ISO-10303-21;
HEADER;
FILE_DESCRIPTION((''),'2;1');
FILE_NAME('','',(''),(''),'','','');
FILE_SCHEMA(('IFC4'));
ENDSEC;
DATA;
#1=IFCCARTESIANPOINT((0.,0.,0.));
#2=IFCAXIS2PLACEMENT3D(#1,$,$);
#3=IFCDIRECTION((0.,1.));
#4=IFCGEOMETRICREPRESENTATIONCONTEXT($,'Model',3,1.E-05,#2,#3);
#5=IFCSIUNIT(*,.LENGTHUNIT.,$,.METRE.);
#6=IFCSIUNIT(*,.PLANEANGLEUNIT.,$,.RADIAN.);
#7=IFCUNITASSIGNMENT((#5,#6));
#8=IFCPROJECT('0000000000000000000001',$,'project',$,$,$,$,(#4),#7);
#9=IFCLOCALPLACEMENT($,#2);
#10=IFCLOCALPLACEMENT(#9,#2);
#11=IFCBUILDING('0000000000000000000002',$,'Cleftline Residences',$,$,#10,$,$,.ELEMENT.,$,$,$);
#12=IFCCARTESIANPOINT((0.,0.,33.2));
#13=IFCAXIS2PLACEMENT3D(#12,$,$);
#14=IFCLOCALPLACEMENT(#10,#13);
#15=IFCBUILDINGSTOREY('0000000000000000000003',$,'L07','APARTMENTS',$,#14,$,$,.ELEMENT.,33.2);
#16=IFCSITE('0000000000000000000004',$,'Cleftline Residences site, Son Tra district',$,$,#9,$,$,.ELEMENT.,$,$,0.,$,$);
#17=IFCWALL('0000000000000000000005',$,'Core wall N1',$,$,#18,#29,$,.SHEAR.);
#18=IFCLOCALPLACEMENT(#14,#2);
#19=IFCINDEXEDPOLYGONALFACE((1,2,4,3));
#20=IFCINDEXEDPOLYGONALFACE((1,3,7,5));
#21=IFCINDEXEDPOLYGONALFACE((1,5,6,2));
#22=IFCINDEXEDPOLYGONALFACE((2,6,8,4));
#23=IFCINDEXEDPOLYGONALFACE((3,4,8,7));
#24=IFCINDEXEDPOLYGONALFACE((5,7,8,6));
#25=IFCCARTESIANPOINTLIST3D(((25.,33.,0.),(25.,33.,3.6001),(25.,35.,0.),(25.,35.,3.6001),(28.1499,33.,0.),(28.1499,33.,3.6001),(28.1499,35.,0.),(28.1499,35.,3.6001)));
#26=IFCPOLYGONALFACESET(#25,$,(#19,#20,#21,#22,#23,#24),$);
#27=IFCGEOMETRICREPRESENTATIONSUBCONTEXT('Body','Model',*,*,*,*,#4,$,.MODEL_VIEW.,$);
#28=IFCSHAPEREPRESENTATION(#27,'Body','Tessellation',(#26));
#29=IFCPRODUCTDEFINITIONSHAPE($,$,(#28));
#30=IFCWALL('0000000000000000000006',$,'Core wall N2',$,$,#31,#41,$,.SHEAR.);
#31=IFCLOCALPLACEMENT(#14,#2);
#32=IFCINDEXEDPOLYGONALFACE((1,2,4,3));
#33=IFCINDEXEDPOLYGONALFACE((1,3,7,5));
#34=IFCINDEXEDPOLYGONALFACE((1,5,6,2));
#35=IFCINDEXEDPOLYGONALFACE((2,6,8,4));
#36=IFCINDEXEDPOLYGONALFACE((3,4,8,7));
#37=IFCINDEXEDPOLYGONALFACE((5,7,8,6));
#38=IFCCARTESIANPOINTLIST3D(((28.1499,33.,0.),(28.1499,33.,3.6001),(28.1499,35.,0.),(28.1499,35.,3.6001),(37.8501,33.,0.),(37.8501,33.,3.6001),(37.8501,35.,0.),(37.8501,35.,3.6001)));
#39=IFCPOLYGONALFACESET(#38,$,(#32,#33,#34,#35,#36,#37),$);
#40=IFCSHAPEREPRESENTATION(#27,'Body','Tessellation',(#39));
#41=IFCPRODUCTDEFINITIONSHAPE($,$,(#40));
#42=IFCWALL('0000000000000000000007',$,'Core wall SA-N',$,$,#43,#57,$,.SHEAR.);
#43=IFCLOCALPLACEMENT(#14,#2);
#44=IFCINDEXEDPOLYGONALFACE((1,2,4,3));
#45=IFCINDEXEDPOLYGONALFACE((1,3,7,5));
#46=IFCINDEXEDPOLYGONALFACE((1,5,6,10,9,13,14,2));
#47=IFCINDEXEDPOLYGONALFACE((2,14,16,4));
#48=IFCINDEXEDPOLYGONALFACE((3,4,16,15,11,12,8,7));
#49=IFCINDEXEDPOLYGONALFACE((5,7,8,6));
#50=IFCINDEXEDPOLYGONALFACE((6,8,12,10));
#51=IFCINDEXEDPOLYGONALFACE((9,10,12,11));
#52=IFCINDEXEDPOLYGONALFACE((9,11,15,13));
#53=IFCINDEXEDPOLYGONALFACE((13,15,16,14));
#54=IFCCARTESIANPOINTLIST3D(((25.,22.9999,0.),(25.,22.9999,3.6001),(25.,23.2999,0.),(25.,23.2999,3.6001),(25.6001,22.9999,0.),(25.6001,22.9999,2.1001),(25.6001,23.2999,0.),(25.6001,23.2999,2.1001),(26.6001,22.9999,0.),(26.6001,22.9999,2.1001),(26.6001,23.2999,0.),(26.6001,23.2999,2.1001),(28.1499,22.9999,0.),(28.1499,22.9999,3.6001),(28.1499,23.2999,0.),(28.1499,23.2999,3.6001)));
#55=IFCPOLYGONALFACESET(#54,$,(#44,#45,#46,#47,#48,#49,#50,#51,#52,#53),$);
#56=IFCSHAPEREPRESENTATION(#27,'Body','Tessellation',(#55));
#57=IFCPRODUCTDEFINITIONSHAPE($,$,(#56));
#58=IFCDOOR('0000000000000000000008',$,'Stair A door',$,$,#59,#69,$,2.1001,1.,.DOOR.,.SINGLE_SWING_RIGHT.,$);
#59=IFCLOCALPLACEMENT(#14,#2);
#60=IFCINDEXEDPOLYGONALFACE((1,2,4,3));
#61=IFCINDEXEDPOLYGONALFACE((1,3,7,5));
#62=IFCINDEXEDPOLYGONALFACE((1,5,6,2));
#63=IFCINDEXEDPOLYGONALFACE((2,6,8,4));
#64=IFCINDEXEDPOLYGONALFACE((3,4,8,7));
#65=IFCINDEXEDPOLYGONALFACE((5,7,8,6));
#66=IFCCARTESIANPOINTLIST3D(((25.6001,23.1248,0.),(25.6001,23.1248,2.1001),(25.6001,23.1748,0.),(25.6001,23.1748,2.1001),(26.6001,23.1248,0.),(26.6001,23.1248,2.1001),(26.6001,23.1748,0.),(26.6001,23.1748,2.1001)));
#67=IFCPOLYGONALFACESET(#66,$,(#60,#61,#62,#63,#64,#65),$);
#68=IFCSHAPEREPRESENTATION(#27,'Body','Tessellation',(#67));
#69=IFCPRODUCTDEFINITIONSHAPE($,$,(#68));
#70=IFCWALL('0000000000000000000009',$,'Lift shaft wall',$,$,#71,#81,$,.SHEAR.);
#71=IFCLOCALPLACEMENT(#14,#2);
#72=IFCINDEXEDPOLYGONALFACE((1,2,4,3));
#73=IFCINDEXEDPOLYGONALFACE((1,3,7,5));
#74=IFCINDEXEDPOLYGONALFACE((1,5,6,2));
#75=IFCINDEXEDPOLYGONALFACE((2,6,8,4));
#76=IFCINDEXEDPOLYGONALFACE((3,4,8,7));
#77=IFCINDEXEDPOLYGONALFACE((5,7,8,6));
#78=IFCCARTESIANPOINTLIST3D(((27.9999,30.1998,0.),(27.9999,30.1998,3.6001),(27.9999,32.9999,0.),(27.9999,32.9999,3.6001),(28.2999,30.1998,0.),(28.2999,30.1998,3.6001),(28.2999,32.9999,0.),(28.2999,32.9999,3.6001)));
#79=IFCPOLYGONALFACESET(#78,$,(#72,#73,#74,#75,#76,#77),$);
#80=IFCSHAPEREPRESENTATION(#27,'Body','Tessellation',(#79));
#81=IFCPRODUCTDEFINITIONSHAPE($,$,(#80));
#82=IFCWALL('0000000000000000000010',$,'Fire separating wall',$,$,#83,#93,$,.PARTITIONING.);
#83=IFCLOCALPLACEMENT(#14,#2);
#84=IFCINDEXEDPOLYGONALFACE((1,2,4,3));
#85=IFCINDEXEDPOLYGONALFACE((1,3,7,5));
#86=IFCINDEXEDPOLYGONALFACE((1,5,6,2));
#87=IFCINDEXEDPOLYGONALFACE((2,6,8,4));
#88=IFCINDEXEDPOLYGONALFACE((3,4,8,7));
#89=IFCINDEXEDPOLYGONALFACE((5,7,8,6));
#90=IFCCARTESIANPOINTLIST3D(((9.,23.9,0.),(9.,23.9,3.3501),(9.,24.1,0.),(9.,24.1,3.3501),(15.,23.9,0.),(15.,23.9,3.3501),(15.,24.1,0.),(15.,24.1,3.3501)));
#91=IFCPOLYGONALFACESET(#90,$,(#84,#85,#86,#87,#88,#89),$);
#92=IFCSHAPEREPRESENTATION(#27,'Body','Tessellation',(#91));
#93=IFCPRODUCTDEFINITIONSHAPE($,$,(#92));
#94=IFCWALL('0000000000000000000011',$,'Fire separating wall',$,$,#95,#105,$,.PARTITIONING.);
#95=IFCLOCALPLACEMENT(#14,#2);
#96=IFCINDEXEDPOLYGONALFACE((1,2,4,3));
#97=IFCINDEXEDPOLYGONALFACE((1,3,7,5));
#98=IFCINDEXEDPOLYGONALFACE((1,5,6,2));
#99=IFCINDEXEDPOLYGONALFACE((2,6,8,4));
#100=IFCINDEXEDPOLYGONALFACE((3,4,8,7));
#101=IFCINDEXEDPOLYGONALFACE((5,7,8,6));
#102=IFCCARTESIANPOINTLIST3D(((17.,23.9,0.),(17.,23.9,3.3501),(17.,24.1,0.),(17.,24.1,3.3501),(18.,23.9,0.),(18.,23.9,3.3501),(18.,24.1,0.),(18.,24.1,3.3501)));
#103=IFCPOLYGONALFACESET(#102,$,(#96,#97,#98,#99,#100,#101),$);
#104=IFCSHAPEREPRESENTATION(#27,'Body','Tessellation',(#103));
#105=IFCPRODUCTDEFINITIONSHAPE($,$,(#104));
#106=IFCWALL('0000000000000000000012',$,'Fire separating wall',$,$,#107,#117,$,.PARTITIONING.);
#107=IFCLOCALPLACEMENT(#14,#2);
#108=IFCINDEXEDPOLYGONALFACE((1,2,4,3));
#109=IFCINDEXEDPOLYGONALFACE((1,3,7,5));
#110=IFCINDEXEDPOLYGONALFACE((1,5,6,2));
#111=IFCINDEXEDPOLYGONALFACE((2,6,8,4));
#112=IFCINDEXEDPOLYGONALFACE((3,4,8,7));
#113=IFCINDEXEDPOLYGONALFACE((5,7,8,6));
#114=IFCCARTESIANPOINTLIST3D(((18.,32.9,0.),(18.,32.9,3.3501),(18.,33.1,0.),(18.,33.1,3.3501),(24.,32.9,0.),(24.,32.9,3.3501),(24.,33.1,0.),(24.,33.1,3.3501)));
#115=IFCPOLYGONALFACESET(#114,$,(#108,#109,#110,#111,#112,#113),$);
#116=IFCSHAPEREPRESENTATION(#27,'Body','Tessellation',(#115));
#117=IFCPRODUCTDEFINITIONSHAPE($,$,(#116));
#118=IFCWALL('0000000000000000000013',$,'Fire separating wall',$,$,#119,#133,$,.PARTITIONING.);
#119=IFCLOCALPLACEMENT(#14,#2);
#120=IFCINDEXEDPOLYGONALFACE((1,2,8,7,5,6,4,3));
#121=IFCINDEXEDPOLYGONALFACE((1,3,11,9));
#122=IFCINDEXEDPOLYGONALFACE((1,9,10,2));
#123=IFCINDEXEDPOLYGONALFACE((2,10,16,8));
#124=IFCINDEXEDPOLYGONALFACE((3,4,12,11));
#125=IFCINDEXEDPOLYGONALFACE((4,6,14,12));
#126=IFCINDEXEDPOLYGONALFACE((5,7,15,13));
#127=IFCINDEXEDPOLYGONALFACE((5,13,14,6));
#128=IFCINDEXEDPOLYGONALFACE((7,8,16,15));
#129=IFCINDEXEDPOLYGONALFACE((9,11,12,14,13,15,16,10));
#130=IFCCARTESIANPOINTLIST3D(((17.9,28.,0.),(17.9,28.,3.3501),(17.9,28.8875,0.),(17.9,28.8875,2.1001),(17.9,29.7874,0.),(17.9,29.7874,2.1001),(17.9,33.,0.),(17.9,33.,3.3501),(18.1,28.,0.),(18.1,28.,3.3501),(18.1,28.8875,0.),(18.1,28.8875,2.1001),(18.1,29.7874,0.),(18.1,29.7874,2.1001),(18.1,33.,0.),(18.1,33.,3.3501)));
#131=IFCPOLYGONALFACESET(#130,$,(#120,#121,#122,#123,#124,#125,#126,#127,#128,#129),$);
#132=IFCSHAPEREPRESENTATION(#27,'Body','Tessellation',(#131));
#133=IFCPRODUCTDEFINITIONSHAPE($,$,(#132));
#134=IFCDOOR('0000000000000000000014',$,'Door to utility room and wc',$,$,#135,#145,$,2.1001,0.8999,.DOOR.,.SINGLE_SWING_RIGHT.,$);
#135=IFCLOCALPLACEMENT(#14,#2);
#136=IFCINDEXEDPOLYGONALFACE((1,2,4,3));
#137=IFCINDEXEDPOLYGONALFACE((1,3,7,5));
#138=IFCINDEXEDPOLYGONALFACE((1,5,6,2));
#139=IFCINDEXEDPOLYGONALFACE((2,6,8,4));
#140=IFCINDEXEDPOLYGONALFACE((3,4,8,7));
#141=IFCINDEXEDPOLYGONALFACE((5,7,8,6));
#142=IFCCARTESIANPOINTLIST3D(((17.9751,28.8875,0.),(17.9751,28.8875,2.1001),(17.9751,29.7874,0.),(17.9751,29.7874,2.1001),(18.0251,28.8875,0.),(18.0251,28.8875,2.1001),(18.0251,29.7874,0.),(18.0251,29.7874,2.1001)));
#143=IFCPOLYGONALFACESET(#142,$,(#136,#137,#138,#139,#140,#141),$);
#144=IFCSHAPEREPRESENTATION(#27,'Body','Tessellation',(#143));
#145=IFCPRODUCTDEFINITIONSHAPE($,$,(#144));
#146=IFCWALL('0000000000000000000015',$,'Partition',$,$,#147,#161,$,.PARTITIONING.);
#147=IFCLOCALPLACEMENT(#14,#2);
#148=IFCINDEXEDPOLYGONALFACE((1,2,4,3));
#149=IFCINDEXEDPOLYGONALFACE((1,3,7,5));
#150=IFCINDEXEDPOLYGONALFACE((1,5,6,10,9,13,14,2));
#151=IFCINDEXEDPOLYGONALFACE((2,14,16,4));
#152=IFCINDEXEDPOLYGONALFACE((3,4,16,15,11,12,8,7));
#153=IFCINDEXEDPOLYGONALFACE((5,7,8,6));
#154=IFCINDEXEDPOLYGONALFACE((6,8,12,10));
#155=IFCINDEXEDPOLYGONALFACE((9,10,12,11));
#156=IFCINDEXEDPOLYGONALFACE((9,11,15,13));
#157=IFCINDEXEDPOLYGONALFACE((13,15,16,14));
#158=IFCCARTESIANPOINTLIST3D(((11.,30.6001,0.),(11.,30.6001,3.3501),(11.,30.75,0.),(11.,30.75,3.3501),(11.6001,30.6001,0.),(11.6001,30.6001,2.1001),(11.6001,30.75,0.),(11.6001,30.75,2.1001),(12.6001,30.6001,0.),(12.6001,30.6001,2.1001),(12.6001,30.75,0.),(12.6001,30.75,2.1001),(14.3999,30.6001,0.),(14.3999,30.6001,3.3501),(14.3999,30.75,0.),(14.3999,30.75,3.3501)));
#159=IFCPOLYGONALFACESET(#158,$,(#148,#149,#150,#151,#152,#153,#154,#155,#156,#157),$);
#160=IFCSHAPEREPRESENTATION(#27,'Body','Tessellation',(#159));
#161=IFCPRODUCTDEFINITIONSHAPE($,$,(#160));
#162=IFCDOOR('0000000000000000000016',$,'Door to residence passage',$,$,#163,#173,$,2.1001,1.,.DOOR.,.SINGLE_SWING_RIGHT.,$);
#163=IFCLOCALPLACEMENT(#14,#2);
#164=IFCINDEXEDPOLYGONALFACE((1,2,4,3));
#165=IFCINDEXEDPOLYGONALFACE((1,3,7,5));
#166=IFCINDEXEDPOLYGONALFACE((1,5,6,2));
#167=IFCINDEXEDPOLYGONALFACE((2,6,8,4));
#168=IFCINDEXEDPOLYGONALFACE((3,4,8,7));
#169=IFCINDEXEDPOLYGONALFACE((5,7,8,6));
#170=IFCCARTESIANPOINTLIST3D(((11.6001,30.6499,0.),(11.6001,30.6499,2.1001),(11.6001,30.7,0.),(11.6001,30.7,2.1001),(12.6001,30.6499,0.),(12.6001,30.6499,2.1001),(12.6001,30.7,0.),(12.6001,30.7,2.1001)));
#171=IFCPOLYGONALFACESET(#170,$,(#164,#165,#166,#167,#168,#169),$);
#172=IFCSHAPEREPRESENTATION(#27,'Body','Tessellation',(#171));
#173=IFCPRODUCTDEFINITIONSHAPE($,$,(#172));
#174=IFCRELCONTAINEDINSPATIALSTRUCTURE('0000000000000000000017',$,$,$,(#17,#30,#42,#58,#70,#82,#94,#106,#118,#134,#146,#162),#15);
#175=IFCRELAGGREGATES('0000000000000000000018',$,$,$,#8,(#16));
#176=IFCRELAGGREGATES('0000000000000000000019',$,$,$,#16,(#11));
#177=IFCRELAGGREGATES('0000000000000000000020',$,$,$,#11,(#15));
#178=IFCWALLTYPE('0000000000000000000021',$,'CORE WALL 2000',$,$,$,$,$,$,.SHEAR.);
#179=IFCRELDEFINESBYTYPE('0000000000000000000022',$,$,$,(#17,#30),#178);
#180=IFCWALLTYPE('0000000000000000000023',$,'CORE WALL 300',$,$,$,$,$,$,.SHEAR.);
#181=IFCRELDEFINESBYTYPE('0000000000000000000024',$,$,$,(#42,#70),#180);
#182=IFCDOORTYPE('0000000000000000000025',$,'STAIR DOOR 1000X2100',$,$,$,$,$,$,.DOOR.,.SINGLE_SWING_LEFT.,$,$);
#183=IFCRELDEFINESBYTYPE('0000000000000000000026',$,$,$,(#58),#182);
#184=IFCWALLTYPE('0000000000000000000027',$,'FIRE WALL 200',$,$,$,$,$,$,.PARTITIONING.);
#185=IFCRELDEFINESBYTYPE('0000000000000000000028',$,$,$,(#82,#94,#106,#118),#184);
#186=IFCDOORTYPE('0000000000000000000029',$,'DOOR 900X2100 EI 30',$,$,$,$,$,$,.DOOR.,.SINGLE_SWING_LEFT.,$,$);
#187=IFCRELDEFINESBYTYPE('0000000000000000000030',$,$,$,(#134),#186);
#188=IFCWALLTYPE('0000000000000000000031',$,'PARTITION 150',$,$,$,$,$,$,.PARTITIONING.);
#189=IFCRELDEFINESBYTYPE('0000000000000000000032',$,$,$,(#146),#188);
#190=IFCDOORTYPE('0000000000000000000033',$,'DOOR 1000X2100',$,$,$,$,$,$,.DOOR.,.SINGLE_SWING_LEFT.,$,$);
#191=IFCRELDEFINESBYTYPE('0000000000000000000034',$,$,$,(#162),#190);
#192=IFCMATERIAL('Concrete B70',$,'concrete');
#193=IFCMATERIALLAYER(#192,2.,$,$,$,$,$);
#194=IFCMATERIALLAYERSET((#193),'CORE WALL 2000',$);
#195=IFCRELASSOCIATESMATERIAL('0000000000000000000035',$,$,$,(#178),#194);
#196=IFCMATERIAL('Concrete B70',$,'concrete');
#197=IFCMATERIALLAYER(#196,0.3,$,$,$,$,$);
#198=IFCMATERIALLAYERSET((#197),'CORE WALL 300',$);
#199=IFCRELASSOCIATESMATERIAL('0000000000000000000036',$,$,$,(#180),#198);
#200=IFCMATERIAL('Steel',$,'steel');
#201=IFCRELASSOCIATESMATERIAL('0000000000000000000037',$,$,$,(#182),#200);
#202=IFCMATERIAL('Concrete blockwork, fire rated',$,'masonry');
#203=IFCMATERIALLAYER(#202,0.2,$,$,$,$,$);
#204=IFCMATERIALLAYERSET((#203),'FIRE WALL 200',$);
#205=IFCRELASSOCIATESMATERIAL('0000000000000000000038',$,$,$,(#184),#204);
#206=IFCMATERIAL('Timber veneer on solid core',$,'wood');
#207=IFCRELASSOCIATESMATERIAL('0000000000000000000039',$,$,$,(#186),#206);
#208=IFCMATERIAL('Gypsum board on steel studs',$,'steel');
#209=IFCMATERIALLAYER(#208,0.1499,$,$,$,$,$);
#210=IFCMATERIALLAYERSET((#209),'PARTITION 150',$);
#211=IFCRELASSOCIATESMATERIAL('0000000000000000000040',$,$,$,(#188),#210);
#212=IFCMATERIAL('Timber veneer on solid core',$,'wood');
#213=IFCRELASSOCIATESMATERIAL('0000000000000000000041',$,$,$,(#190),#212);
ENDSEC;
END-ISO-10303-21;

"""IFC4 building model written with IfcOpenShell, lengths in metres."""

from ifc_helpers import new_model, si_unit, direction, frame, frame_2d, origin, place, context, subcontext, project, spatial, rectangle, extrude, material, layer, layer_set, type_object, element, fill, save


model = new_model("IFC4")

# Units and contexts
model_context = context("Model", 3, precision=1e-05, world=origin(), true_north=direction((0.0, 1.0)))
body_context = subcontext(model_context, "Body", "Model", "MODEL_VIEW")
ifc_project = project(units=[si_unit("LENGTHUNIT", "METRE"), si_unit("PLANEANGLEUNIT", "RADIAN")], contexts=[model_context])

# Site, building, storey
site_placement = place(None, origin())
site = spatial("IfcSite", under=ifc_project, at=site_placement, Name="Cleftline Residences site, Son Tra district", CompositionType="ELEMENT", RefElevation=0.0)
building_placement = place(site_placement, origin())
building = spatial("IfcBuilding", under=site, at=building_placement, Name="Cleftline Residences", CompositionType="ELEMENT")
storey_placement = place(building_placement, frame((0.0, 0.0, 33.2)))
storey = spatial("IfcBuildingStorey", under=building, at=storey_placement, Name="L07", Description="APARTMENTS", CompositionType="ELEMENT", Elevation=33.2)

# Walls
ifc_material_1 = material(Name="Concrete B70", Category="concrete")
ifc_layer_1 = layer(ifc_material_1, 2.0)
ifc_layer_set_1 = layer_set([ifc_layer_1], Name="CORE WALL 2000")
wall_type_1 = type_object("IfcWallType", Name="CORE WALL 2000", PredefinedType="SHEAR", material=ifc_layer_set_1)
wall_1_placement = place(storey_placement, frame((25.0, 34.0, 0.0), z_axis=(0.0, 0.0, 1.0), x_axis=(1.0, 0.0, 0.0)))
element("IfcWall", 1, at=wall_1_placement, inside=storey, type_object=wall_type_1, Name="Core wall N1", PredefinedType="SHEAR", context=body_context, shape_type="SweptSolid", body=[
    extrude(rectangle(XDim=3.1499, YDim=2.0, at=frame_2d((1.575, 0.0))), origin(), (0.0, 0.0, 1.0), 3.6001),
])
wall_2_placement = place(storey_placement, frame((28.1499, 34.0, 0.0), z_axis=(0.0, 0.0, 1.0), x_axis=(1.0, 0.0, 0.0)))
element("IfcWall", 2, at=wall_2_placement, inside=storey, type_object=wall_type_1, Name="Core wall N2", PredefinedType="SHEAR", context=body_context, shape_type="SweptSolid", body=[
    extrude(rectangle(XDim=9.7002, YDim=2.0, at=frame_2d((4.8501, 0.0))), origin(), (0.0, 0.0, 1.0), 3.6001),
])

# Wall, opening, door
ifc_material_2 = material(Name="Concrete B70", Category="concrete")
ifc_layer_2 = layer(ifc_material_2, 0.3)
ifc_layer_set_2 = layer_set([ifc_layer_2], Name="CORE WALL 300")
wall_type_2 = type_object("IfcWallType", Name="CORE WALL 300", PredefinedType="SHEAR", material=ifc_layer_set_2)
wall_3_placement = place(storey_placement, frame((25.0, 23.1499, 0.0), z_axis=(0.0, 0.0, 1.0), x_axis=(1.0, 0.0, 0.0)))
wall_3 = element("IfcWall", 3, at=wall_3_placement, inside=storey, type_object=wall_type_2, Name="Core wall SA-N", PredefinedType="SHEAR", context=body_context, shape_type="SweptSolid", body=[
    extrude(rectangle(XDim=3.1499, YDim=0.3, at=frame_2d((1.575, 0.0))), origin(), (0.0, 0.0, 1.0), 3.6001),
])
opening_1_placement = place(wall_3_placement, frame((0.6001, 0.0, 0.0)))
opening_1 = element("IfcOpeningElement", 4, at=opening_1_placement, cuts=wall_3, PredefinedType="OPENING", context=body_context, shape_type="SweptSolid", body=[
    extrude(rectangle(XDim=1.0, YDim=2.1001, at=frame_2d((0.5, 1.05))), frame((0.0, 0.1599, 0.0), z_axis=(0.0, -1.0, 0.0), x_axis=(1.0, 0.0, 0.0)), (0.0, 0.0, 1.0), 0.3201),
])
ifc_material_3 = material(Name="Steel", Category="steel")
door_type_1 = type_object("IfcDoorType", Name="STAIR DOOR 1000X2100", OperationType="SINGLE_SWING_LEFT", PredefinedType="DOOR", material=ifc_material_3)
door_1_placement = place(opening_1_placement, origin())
door_1 = element("IfcDoor", 5, at=door_1_placement, inside=storey, type_object=door_type_1, Name="Stair A door", OperationType="SINGLE_SWING_RIGHT", OverallHeight=2.1001, OverallWidth=1.0, PredefinedType="DOOR", context=body_context, shape_type="SweptSolid", body=[
    extrude(rectangle(XDim=1.0, YDim=2.1001, at=frame_2d((0.5, 1.05))), frame((0.0, 0.0249, 0.0), z_axis=(0.0, -1.0, 0.0), x_axis=(1.0, 0.0, 0.0)), (0.0, 0.0, 1.0), 0.05),
])
fill(opening_1, door_1)

# Walls
wall_4_placement = place(storey_placement, frame((28.1499, 30.2, 0.0), z_axis=(0.0, 0.0, 1.0), x_axis=(0.0, 1.0, 0.0)))
element("IfcWall", 6, at=wall_4_placement, inside=storey, type_object=wall_type_2, Name="Lift shaft wall", PredefinedType="SHEAR", context=body_context, shape_type="SweptSolid", body=[
    extrude(rectangle(XDim=2.8, YDim=0.3, at=frame_2d((1.3999, 0.0))), origin(), (0.0, 0.0, 1.0), 3.6001),
])
ifc_material_4 = material(Name="Concrete blockwork, fire rated", Category="masonry")
ifc_layer_3 = layer(ifc_material_4, 0.2)
ifc_layer_set_3 = layer_set([ifc_layer_3], Name="FIRE WALL 200")
wall_type_3 = type_object("IfcWallType", Name="FIRE WALL 200", PredefinedType="PARTITIONING", material=ifc_layer_set_3)
wall_5_placement = place(storey_placement, frame((9.0, 24.0, 0.0), z_axis=(0.0, 0.0, 1.0), x_axis=(1.0, 0.0, 0.0)))
element("IfcWall", 7, at=wall_5_placement, inside=storey, type_object=wall_type_3, Name="Fire separating wall", PredefinedType="PARTITIONING", context=body_context, shape_type="SweptSolid", body=[
    extrude(rectangle(XDim=6.0, YDim=0.2, at=frame_2d((3.0, 0.0))), origin(), (0.0, 0.0, 1.0), 3.3501),
])
wall_6_placement = place(storey_placement, frame((17.0, 24.0, 0.0), z_axis=(0.0, 0.0, 1.0), x_axis=(1.0, 0.0, 0.0)))
element("IfcWall", 8, at=wall_6_placement, inside=storey, type_object=wall_type_3, Name="Fire separating wall", PredefinedType="PARTITIONING", context=body_context, shape_type="SweptSolid", body=[
    extrude(rectangle(XDim=1.0, YDim=0.2, at=frame_2d((0.5, 0.0))), origin(), (0.0, 0.0, 1.0), 3.3501),
])
wall_7_placement = place(storey_placement, frame((18.0, 33.0, 0.0), z_axis=(0.0, 0.0, 1.0), x_axis=(1.0, 0.0, 0.0)))
element("IfcWall", 9, at=wall_7_placement, inside=storey, type_object=wall_type_3, Name="Fire separating wall", PredefinedType="PARTITIONING", context=body_context, shape_type="SweptSolid", body=[
    extrude(rectangle(XDim=6.0, YDim=0.2, at=frame_2d((3.0, 0.0))), origin(), (0.0, 0.0, 1.0), 3.3501),
])

# Walls, openings, doors
wall_8_placement = place(storey_placement, frame((18.0, 28.0, 0.0), z_axis=(0.0, 0.0, 1.0), x_axis=(0.0, 1.0, 0.0)))
wall_8 = element("IfcWall", 10, at=wall_8_placement, inside=storey, type_object=wall_type_3, Name="Fire separating wall", PredefinedType="PARTITIONING", context=body_context, shape_type="SweptSolid", body=[
    extrude(rectangle(XDim=5.0, YDim=0.2, at=frame_2d((2.5, 0.0))), origin(), (0.0, 0.0, 1.0), 3.3501),
])
opening_2_placement = place(wall_8_placement, frame((0.8875, 0.0, 0.0)))
opening_2 = element("IfcOpeningElement", 11, at=opening_2_placement, cuts=wall_8, PredefinedType="OPENING", context=body_context, shape_type="SweptSolid", body=[
    extrude(rectangle(XDim=0.8999, YDim=2.1001, at=frame_2d((0.45, 1.05))), frame((0.0, 0.1099, 0.0), z_axis=(0.0, -1.0, 0.0), x_axis=(1.0, 0.0, 0.0)), (0.0, 0.0, 1.0), 0.22),
])
ifc_material_5 = material(Name="Timber veneer on solid core", Category="wood")
door_type_2 = type_object("IfcDoorType", Name="DOOR 900X2100 EI 30", OperationType="SINGLE_SWING_LEFT", PredefinedType="DOOR", material=ifc_material_5)
door_2_placement = place(opening_2_placement, origin())
door_2 = element("IfcDoor", 12, at=door_2_placement, inside=storey, type_object=door_type_2, Name="Door to utility room and wc", OperationType="SINGLE_SWING_RIGHT", OverallHeight=2.1001, OverallWidth=0.8999, PredefinedType="DOOR", context=body_context, shape_type="SweptSolid", body=[
    extrude(rectangle(XDim=0.8999, YDim=2.1001, at=frame_2d((0.45, 1.05))), frame((0.0, 0.0249, 0.0), z_axis=(0.0, -1.0, 0.0), x_axis=(1.0, 0.0, 0.0)), (0.0, 0.0, 1.0), 0.05),
])
fill(opening_2, door_2)
ifc_material_6 = material(Name="Gypsum board on steel studs", Category="steel")
ifc_layer_4 = layer(ifc_material_6, 0.1499)
ifc_layer_set_4 = layer_set([ifc_layer_4], Name="PARTITION 150")
wall_type_4 = type_object("IfcWallType", Name="PARTITION 150", PredefinedType="PARTITIONING", material=ifc_layer_set_4)
wall_9_placement = place(storey_placement, frame((11.0, 30.675, 0.0), z_axis=(0.0, 0.0, 1.0), x_axis=(1.0, 0.0, 0.0)))
wall_9 = element("IfcWall", 13, at=wall_9_placement, inside=storey, type_object=wall_type_4, Name="Partition", PredefinedType="PARTITIONING", context=body_context, shape_type="SweptSolid", body=[
    extrude(rectangle(XDim=3.3999, YDim=0.1499, at=frame_2d((1.7, 0.0))), origin(), (0.0, 0.0, 1.0), 3.3501),
])
opening_3_placement = place(wall_9_placement, frame((0.6001, 0.0, 0.0)))
opening_3 = element("IfcOpeningElement", 14, at=opening_3_placement, cuts=wall_9, PredefinedType="OPENING", context=body_context, shape_type="SweptSolid", body=[
    extrude(rectangle(XDim=1.0, YDim=2.1001, at=frame_2d((0.5, 1.05))), frame((0.0, 0.085, 0.0), z_axis=(0.0, -1.0, 0.0), x_axis=(1.0, 0.0, 0.0)), (0.0, 0.0, 1.0), 0.1699),
])
ifc_material_7 = material(Name="Timber veneer on solid core", Category="wood")
door_type_3 = type_object("IfcDoorType", Name="DOOR 1000X2100", OperationType="SINGLE_SWING_LEFT", PredefinedType="DOOR", material=ifc_material_7)
door_3_placement = place(opening_3_placement, origin())
door_3 = element("IfcDoor", 15, at=door_3_placement, inside=storey, type_object=door_type_3, Name="Door to residence passage", OperationType="SINGLE_SWING_RIGHT", OverallHeight=2.1001, OverallWidth=1.0, PredefinedType="DOOR", context=body_context, shape_type="SweptSolid", body=[
    extrude(rectangle(XDim=1.0, YDim=2.1001, at=frame_2d((0.5, 1.05))), frame((0.0, 0.0249, 0.0), z_axis=(0.0, -1.0, 0.0), x_axis=(1.0, 0.0, 0.0)), (0.0, 0.0, 1.0), 0.05),
])
fill(opening_3, door_3)

save(model, "model.ifc")
